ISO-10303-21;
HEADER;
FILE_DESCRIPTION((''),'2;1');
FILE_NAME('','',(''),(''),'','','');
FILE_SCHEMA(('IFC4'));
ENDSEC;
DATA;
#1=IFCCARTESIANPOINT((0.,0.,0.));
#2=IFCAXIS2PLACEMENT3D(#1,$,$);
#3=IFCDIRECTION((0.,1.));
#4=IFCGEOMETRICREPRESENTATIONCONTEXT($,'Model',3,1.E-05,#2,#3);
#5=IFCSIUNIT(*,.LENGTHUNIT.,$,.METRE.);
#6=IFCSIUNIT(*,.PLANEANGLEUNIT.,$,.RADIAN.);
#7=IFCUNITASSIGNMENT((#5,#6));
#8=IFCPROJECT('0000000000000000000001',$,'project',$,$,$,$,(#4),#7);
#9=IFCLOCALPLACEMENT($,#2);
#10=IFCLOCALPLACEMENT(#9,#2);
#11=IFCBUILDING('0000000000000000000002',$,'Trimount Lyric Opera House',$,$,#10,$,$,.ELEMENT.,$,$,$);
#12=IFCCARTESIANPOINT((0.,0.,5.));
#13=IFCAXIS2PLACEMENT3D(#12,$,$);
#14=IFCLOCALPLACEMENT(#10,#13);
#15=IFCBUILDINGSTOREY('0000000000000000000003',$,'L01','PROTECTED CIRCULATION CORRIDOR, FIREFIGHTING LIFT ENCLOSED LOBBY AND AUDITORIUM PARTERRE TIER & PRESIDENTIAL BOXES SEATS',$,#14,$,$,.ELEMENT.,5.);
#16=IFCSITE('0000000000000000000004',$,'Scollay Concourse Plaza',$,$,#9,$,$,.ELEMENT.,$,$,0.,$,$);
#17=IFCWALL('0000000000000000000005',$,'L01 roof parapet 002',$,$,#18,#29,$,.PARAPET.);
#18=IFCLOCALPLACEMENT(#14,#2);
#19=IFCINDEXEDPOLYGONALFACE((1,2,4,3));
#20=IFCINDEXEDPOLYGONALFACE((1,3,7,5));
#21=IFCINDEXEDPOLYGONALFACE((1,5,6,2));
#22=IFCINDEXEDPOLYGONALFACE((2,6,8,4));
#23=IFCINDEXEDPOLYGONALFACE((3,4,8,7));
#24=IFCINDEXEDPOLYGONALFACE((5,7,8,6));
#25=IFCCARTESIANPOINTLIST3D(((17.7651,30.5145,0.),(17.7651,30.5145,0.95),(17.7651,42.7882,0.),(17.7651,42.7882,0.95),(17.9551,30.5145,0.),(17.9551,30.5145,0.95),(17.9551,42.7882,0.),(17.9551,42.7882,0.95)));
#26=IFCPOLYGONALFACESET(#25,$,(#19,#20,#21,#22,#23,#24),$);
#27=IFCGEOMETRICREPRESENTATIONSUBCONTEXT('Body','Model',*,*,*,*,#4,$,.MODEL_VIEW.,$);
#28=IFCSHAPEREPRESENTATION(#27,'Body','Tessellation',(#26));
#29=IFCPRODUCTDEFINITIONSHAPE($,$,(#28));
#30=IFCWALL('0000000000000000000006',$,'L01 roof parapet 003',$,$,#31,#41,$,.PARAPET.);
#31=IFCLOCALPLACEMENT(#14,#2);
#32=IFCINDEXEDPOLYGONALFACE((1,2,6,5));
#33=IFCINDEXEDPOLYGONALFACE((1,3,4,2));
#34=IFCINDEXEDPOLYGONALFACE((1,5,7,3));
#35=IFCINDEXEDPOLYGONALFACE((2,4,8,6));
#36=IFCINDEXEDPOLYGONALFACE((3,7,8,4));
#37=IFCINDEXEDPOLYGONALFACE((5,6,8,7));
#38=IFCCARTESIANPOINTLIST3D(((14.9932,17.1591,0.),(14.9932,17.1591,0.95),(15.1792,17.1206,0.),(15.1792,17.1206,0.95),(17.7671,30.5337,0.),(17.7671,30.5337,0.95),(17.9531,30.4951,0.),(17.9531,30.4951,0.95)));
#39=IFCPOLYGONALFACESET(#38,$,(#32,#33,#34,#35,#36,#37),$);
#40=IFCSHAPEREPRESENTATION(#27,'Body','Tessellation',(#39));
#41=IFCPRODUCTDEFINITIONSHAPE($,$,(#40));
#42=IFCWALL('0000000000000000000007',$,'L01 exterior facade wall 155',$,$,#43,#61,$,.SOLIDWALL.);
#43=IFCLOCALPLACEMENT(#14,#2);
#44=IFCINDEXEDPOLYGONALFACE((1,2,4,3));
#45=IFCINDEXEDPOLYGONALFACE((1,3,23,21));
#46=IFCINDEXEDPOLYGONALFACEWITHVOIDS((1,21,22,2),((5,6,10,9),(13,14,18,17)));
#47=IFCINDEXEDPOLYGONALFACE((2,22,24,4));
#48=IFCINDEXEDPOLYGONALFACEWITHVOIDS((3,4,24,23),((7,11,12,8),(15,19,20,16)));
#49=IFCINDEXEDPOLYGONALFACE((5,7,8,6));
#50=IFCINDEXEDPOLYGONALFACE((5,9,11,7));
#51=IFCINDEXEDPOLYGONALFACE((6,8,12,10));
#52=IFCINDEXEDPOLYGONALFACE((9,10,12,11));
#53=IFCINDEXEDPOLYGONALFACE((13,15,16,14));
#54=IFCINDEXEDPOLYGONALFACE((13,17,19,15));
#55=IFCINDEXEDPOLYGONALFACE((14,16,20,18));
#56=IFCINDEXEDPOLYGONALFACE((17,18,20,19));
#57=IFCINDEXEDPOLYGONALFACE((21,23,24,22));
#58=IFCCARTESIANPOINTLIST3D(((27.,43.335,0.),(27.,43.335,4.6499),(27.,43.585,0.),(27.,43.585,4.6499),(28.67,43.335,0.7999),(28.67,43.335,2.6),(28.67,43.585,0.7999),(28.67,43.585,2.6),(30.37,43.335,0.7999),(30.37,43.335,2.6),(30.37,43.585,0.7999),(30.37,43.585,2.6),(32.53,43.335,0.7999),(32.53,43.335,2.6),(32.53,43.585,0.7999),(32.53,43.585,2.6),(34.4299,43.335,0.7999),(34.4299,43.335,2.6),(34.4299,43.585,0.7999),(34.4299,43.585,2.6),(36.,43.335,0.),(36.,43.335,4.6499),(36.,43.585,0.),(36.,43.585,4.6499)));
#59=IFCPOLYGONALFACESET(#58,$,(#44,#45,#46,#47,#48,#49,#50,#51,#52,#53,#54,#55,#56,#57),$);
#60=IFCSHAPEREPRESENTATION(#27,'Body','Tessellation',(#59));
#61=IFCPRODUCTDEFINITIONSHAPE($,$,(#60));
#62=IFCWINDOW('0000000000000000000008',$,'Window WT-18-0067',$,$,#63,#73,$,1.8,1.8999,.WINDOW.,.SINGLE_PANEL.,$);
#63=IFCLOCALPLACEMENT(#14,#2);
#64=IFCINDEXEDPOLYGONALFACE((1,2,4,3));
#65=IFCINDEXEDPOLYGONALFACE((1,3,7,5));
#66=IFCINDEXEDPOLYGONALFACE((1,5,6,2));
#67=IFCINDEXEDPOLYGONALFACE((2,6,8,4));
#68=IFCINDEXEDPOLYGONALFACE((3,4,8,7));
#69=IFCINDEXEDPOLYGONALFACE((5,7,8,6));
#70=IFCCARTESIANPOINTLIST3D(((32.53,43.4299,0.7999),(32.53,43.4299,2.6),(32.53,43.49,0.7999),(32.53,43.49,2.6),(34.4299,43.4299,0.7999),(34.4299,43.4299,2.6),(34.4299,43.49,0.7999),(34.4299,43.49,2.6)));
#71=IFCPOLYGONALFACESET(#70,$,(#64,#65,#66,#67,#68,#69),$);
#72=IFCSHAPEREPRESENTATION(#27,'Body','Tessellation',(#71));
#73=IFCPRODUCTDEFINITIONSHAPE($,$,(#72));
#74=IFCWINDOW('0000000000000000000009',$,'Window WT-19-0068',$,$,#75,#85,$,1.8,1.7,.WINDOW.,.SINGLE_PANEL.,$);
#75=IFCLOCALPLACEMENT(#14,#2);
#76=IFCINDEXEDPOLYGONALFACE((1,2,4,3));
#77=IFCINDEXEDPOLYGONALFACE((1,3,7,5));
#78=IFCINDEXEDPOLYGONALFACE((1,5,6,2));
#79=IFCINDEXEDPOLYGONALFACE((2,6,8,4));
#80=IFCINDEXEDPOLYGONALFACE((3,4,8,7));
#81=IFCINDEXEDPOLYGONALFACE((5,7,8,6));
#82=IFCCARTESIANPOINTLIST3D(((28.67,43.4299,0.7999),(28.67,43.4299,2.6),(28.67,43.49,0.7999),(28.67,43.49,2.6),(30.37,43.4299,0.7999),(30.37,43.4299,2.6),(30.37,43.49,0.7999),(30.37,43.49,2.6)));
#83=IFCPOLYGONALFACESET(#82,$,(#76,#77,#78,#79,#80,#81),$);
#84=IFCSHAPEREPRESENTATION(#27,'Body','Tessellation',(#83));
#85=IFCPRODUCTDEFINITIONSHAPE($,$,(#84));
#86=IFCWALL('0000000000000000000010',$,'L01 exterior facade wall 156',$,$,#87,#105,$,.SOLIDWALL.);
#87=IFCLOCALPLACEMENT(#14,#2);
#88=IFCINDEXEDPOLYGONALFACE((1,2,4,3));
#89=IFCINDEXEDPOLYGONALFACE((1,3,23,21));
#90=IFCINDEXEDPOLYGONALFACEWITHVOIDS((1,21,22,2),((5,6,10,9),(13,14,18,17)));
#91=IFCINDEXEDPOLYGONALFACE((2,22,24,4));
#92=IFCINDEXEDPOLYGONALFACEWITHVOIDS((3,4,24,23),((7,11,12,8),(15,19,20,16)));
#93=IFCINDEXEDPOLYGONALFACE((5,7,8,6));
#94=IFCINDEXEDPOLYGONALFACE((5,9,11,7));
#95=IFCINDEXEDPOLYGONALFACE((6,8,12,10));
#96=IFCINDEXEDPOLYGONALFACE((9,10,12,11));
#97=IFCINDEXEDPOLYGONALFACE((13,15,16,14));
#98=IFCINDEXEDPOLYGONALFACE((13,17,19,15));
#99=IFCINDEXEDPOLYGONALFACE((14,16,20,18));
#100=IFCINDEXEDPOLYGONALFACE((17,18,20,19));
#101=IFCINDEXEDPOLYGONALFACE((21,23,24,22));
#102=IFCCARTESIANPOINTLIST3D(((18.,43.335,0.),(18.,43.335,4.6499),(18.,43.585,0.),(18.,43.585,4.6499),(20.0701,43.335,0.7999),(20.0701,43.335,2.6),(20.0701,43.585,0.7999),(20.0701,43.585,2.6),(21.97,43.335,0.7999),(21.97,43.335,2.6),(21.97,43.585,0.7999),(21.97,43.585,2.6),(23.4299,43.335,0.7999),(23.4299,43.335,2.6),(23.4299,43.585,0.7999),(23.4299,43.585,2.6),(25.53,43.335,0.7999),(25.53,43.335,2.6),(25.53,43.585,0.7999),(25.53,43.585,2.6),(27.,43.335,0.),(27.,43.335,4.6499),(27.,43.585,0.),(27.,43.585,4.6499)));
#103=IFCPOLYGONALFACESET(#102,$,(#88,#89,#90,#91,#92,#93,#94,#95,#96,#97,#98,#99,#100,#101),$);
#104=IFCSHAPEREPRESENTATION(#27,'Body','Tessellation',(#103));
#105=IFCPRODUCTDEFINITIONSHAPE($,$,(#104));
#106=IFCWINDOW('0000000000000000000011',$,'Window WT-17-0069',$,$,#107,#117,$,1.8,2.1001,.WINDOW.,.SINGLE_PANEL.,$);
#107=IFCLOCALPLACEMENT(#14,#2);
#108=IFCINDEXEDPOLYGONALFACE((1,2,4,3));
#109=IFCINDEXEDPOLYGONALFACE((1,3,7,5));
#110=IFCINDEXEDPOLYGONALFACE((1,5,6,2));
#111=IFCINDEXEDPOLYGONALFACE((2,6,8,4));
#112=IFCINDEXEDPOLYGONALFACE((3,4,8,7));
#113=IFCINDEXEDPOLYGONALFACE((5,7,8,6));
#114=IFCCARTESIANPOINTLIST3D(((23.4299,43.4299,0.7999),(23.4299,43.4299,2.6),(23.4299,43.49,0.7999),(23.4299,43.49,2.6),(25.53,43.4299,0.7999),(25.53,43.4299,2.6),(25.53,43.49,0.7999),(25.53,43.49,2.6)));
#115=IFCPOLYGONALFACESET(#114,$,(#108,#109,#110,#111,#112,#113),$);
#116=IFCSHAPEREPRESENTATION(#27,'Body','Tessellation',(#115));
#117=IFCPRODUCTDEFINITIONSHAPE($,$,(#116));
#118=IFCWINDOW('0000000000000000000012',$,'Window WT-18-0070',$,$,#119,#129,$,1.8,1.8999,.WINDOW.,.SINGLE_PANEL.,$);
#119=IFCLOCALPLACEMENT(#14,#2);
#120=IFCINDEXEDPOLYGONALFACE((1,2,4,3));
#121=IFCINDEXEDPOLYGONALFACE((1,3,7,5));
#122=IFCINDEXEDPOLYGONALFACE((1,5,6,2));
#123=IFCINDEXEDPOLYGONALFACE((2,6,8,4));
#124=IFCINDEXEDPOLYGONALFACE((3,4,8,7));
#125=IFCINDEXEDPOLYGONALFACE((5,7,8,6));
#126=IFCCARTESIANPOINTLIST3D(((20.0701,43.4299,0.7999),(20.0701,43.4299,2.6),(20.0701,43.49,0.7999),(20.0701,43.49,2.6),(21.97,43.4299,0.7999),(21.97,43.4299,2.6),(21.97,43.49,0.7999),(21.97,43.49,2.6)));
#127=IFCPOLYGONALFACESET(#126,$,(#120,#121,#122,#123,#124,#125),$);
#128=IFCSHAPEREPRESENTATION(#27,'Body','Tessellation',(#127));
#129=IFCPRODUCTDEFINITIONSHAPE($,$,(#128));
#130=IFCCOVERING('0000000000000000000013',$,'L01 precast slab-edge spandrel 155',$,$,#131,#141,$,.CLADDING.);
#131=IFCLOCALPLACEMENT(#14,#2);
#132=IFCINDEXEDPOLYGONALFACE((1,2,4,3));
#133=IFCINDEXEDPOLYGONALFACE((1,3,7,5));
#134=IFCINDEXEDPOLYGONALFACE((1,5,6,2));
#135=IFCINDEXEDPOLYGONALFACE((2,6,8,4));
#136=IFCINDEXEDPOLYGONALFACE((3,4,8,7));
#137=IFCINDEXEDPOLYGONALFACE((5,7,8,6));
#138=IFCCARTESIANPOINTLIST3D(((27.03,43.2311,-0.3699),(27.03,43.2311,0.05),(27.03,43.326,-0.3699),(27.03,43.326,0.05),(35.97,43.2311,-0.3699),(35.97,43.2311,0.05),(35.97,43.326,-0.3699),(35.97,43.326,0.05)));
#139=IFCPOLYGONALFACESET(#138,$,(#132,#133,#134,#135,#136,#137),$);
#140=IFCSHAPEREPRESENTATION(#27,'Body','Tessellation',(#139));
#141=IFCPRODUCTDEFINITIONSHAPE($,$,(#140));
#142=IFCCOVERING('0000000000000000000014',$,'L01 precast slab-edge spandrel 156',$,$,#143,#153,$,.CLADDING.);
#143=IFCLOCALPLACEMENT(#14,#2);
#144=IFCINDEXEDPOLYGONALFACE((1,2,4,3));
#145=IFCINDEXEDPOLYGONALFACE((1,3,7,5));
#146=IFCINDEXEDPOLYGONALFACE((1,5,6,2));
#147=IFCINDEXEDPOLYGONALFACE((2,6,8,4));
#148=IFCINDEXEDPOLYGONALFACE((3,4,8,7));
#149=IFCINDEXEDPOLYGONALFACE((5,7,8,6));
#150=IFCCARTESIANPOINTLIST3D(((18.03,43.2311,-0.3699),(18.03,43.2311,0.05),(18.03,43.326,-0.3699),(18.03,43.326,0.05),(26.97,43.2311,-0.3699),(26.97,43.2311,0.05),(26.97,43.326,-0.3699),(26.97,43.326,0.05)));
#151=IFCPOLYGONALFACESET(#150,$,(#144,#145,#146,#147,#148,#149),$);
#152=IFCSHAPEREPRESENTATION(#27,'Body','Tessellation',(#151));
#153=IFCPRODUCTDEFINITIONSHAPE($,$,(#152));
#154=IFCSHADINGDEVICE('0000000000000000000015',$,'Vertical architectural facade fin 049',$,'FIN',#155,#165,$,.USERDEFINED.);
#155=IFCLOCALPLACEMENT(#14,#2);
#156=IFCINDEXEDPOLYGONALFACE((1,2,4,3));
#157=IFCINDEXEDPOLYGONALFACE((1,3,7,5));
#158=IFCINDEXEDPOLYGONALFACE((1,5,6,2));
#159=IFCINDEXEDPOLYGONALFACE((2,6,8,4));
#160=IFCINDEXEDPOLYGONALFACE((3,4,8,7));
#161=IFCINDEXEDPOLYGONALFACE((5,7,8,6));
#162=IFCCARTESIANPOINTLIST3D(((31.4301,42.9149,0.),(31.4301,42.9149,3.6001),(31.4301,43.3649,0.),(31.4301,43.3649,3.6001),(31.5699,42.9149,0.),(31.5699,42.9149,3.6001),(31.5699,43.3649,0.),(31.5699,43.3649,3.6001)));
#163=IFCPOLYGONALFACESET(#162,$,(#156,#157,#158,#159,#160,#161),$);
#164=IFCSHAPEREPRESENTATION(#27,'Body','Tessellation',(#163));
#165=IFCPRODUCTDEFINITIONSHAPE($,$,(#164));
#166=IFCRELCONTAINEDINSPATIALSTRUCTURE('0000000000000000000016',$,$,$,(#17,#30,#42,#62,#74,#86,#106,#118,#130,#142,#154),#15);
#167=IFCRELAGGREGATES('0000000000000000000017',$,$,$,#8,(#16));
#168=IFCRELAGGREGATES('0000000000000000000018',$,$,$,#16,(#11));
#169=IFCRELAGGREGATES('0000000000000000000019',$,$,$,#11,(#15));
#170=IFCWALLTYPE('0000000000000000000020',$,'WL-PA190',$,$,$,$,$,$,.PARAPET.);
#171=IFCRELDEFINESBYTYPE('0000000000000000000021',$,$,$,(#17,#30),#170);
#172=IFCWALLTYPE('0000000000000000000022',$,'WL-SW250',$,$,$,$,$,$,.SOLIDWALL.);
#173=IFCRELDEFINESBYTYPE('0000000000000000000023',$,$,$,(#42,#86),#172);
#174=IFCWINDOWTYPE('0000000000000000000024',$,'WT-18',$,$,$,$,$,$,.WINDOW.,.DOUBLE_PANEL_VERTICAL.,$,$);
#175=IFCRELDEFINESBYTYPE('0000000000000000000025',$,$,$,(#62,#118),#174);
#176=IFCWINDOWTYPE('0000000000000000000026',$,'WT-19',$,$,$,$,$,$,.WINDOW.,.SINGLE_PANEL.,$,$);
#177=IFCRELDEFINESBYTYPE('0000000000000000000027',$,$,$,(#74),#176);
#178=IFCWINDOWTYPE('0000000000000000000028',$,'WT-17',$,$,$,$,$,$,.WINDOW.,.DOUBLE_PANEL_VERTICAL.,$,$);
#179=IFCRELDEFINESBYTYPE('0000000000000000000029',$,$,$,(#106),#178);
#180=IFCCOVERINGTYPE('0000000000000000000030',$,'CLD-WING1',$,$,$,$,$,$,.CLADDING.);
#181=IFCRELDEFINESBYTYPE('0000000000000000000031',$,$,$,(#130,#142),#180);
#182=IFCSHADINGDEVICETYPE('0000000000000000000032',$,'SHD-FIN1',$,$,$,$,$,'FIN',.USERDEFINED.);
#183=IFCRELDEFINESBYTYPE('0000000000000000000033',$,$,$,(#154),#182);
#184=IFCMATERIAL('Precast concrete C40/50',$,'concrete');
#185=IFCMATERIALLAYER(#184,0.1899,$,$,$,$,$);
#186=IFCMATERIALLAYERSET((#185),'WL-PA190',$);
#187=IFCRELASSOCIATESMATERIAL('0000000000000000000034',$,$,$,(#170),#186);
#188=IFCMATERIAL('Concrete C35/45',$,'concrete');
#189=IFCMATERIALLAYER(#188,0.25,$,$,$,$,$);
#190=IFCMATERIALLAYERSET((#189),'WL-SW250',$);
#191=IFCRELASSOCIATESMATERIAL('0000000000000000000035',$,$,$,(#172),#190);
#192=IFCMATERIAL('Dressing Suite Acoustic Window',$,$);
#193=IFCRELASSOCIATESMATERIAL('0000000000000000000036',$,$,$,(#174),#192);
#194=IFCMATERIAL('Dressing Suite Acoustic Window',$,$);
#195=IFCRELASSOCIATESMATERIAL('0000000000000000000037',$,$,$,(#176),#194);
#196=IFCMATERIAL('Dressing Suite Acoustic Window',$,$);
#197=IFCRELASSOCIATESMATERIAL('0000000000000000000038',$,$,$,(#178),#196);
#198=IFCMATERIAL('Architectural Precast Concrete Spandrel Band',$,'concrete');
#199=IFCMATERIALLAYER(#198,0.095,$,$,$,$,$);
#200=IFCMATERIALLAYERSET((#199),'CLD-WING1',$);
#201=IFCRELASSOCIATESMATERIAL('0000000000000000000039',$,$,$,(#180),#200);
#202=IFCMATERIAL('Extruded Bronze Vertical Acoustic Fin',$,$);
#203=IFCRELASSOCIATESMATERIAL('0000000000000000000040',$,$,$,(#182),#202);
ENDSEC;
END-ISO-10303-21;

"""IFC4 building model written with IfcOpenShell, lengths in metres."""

from ifc_helpers import new_model, si_unit, direction, frame, frame_2d, origin, origin_2d, place, context, subcontext, project, spatial, rectangle, extrude, material, layer, layer_set, type_object, element, fill, save


model = new_model("IFC4")

# Units and contexts
model_context = context("Model", 3, precision=1e-05, world=origin(), true_north=direction((0.0, 1.0)))
body_context = subcontext(model_context, "Body", "Model", "MODEL_VIEW")
ifc_project = project(units=[si_unit("LENGTHUNIT", "METRE"), si_unit("PLANEANGLEUNIT", "RADIAN")], contexts=[model_context])

# Site, building, storey
site_placement = place(None, origin())
site = spatial("IfcSite", under=ifc_project, at=site_placement, Name="Scollay Concourse Plaza", CompositionType="ELEMENT", RefElevation=0.0)
building_placement = place(site_placement, origin())
building = spatial("IfcBuilding", under=site, at=building_placement, Name="Trimount Lyric Opera House", CompositionType="ELEMENT")
storey_placement = place(building_placement, frame((0.0, 0.0, 5.0)))
storey = spatial("IfcBuildingStorey", under=building, at=storey_placement, Name="L01", Description="PROTECTED CIRCULATION CORRIDOR, FIREFIGHTING LIFT ENCLOSED LOBBY AND AUDITORIUM PARTERRE TIER & PRESIDENTIAL BOXES SEATS", CompositionType="ELEMENT", Elevation=5.0)

# Walls
ifc_material_1 = material(Name="Precast concrete C40/50", Category="concrete")
ifc_layer_1 = layer(ifc_material_1, 0.1899)
ifc_layer_set_1 = layer_set([ifc_layer_1], Name="WL-PA190")
wall_type_1 = type_object("IfcWallType", Name="WL-PA190", PredefinedType="PARAPET", material=ifc_layer_set_1)
wall_1_placement = place(storey_placement, frame((17.8601, 42.7881, 0.0), z_axis=(0.0, 0.0, 1.0), x_axis=(0.0, -1.0, 0.0)))
element("IfcWall", 1, at=wall_1_placement, inside=storey, type_object=wall_type_1, Name="L01 roof parapet 002", PredefinedType="PARAPET", context=body_context, shape_type="SweptSolid", body=[
    extrude(rectangle(XDim=12.2737, YDim=0.1899, at=frame_2d((6.1367, 0.0))), origin(), (0.0, 0.0, 1.0), 0.95),
])
wall_2_placement = place(storey_placement, frame((17.8601, 30.5144, 0.0), z_axis=(0.0, 0.0, 1.0), x_axis=(-0.203082, -0.979162, 0.0)))
element("IfcWall", 2, at=wall_2_placement, inside=storey, type_object=wall_type_1, Name="L01 roof parapet 003", PredefinedType="PARAPET", context=body_context, shape_type="SweptSolid", body=[
    extrude(rectangle(XDim=13.6592, YDim=0.1899, at=frame_2d((6.8296, 0.0))), origin(), (0.0, 0.0, 1.0), 0.95),
])

# Walls, openings, windows
ifc_material_2 = material(Name="Concrete C35/45", Category="concrete")
ifc_layer_2 = layer(ifc_material_2, 0.25)
ifc_layer_set_2 = layer_set([ifc_layer_2], Name="WL-SW250")
wall_type_2 = type_object("IfcWallType", Name="WL-SW250", PredefinedType="SOLIDWALL", material=ifc_layer_set_2)
wall_3_placement = place(storey_placement, frame((36.0, 43.46, 0.0), z_axis=(0.0, 0.0, 1.0), x_axis=(-1.0, 0.0, 0.0)))
wall_3 = element("IfcWall", 3, at=wall_3_placement, inside=storey, type_object=wall_type_2, Name="L01 exterior facade wall 155", PredefinedType="SOLIDWALL", context=body_context, shape_type="SweptSolid", body=[
    extrude(rectangle(XDim=9.0, YDim=0.25, at=frame_2d((4.5, 0.0))), origin(), (0.0, 0.0, 1.0), 4.6499),
])
opening_1_placement = place(wall_3_placement, frame((1.5701, 0.0, 0.8)))
opening_1 = element("IfcOpeningElement", 4, at=opening_1_placement, cuts=wall_3, PredefinedType="OPENING", context=body_context, shape_type="SweptSolid", body=[
    extrude(rectangle(XDim=1.8999, YDim=1.8, at=frame_2d((0.95, 0.8999))), frame((0.0, 0.135, 0.0), z_axis=(0.0, -1.0, 0.0), x_axis=(1.0, 0.0, 0.0)), (0.0, 0.0, 1.0), 0.27),
])
opening_2_placement = place(wall_3_placement, frame((5.6299, 0.0, 0.8)))
opening_2 = element("IfcOpeningElement", 5, at=opening_2_placement, cuts=wall_3, PredefinedType="OPENING", context=body_context, shape_type="SweptSolid", body=[
    extrude(rectangle(XDim=1.7, YDim=1.8, at=frame_2d((0.8501, 0.8999))), frame((0.0, 0.135, 0.0), z_axis=(0.0, -1.0, 0.0), x_axis=(1.0, 0.0, 0.0)), (0.0, 0.0, 1.0), 0.27),
])
ifc_material_3 = material(Name="Dressing Suite Acoustic Window")
window_type_1 = type_object("IfcWindowType", Name="WT-18", PartitioningType="DOUBLE_PANEL_VERTICAL", PredefinedType="WINDOW", material=ifc_material_3)
window_1_placement = place(opening_1_placement, origin())
window_1 = element("IfcWindow", 6, at=window_1_placement, inside=storey, type_object=window_type_1, Name="Window WT-18-0067", OverallHeight=1.8, OverallWidth=1.8999, PartitioningType="SINGLE_PANEL", PredefinedType="WINDOW", context=body_context, shape_type="SweptSolid", body=[
    extrude(rectangle(XDim=1.8999, YDim=1.8, at=frame_2d((0.95, 0.8999))), frame((0.0, 0.03, 0.0), z_axis=(0.0, -1.0, 0.0), x_axis=(1.0, 0.0, 0.0)), (0.0, 0.0, 1.0), 0.0601),
])
fill(opening_1, window_1)
ifc_material_4 = material(Name="Dressing Suite Acoustic Window")
window_type_2 = type_object("IfcWindowType", Name="WT-19", PartitioningType="SINGLE_PANEL", PredefinedType="WINDOW", material=ifc_material_4)
window_2_placement = place(opening_2_placement, origin())
window_2 = element("IfcWindow", 7, at=window_2_placement, inside=storey, type_object=window_type_2, Name="Window WT-19-0068", OverallHeight=1.8, OverallWidth=1.7, PartitioningType="SINGLE_PANEL", PredefinedType="WINDOW", context=body_context, shape_type="SweptSolid", body=[
    extrude(rectangle(XDim=1.7, YDim=1.8, at=frame_2d((0.8501, 0.8999))), frame((0.0, 0.03, 0.0), z_axis=(0.0, -1.0, 0.0), x_axis=(1.0, 0.0, 0.0)), (0.0, 0.0, 1.0), 0.0601),
])
fill(opening_2, window_2)
wall_4_placement = place(storey_placement, frame((27.0, 43.46, 0.0), z_axis=(0.0, 0.0, 1.0), x_axis=(-1.0, 0.0, 0.0)))
wall_4 = element("IfcWall", 8, at=wall_4_placement, inside=storey, type_object=wall_type_2, Name="L01 exterior facade wall 156", PredefinedType="SOLIDWALL", context=body_context, shape_type="SweptSolid", body=[
    extrude(rectangle(XDim=9.0, YDim=0.25, at=frame_2d((4.5, 0.0))), origin(), (0.0, 0.0, 1.0), 4.6499),
])
opening_3_placement = place(wall_4_placement, frame((1.47, 0.0, 0.8)))
opening_3 = element("IfcOpeningElement", 9, at=opening_3_placement, cuts=wall_4, PredefinedType="OPENING", context=body_context, shape_type="SweptSolid", body=[
    extrude(rectangle(XDim=2.1001, YDim=1.8, at=frame_2d((1.05, 0.8999))), frame((0.0, 0.135, 0.0), z_axis=(0.0, -1.0, 0.0), x_axis=(1.0, 0.0, 0.0)), (0.0, 0.0, 1.0), 0.27),
])
opening_4_placement = place(wall_4_placement, frame((5.03, 0.0, 0.8)))
opening_4 = element("IfcOpeningElement", 10, at=opening_4_placement, cuts=wall_4, PredefinedType="OPENING", context=body_context, shape_type="SweptSolid", body=[
    extrude(rectangle(XDim=1.8999, YDim=1.8, at=frame_2d((0.95, 0.8999))), frame((0.0, 0.135, 0.0), z_axis=(0.0, -1.0, 0.0), x_axis=(1.0, 0.0, 0.0)), (0.0, 0.0, 1.0), 0.27),
])
ifc_material_5 = material(Name="Dressing Suite Acoustic Window")
window_type_3 = type_object("IfcWindowType", Name="WT-17", PartitioningType="DOUBLE_PANEL_VERTICAL", PredefinedType="WINDOW", material=ifc_material_5)
window_3_placement = place(opening_3_placement, origin())
window_3 = element("IfcWindow", 11, at=window_3_placement, inside=storey, type_object=window_type_3, Name="Window WT-17-0069", OverallHeight=1.8, OverallWidth=2.1001, PartitioningType="SINGLE_PANEL", PredefinedType="WINDOW", context=body_context, shape_type="SweptSolid", body=[
    extrude(rectangle(XDim=2.1001, YDim=1.8, at=frame_2d((1.05, 0.8999))), frame((0.0, 0.03, 0.0), z_axis=(0.0, -1.0, 0.0), x_axis=(1.0, 0.0, 0.0)), (0.0, 0.0, 1.0), 0.0601),
])
fill(opening_3, window_3)
window_4_placement = place(opening_4_placement, origin())
window_4 = element("IfcWindow", 12, at=window_4_placement, inside=storey, type_object=window_type_1, Name="Window WT-18-0070", OverallHeight=1.8, OverallWidth=1.8999, PartitioningType="SINGLE_PANEL", PredefinedType="WINDOW", context=body_context, shape_type="SweptSolid", body=[
    extrude(rectangle(XDim=1.8999, YDim=1.8, at=frame_2d((0.95, 0.8999))), frame((0.0, 0.03, 0.0), z_axis=(0.0, -1.0, 0.0), x_axis=(1.0, 0.0, 0.0)), (0.0, 0.0, 1.0), 0.0601),
])
fill(opening_4, window_4)

# Coverings
ifc_material_6 = material(Name="Architectural Precast Concrete Spandrel Band", Category="concrete")
ifc_layer_3 = layer(ifc_material_6, 0.095)
ifc_layer_set_3 = layer_set([ifc_layer_3], Name="CLD-WING1")
covering_type = type_object("IfcCoveringType", Name="CLD-WING1", PredefinedType="CLADDING", material=ifc_layer_set_3)
for number, where, z_axis, x_axis, name in (
    (13, (31.5, 43.2786, -0.3699), (0.0, 0.0, 1.0), (-1.0, 0.0, 0.0), "L01 precast slab-edge spandrel 155"),
    (14, (22.5, 43.2786, -0.3699), (0.0, 0.0, 1.0), (-1.0, 0.0, 0.0), "L01 precast slab-edge spandrel 156"),
):
    element("IfcCovering", number, at=place(storey_placement, frame(where, z_axis=z_axis, x_axis=x_axis)), inside=storey, type_object=covering_type, Name=name, PredefinedType="CLADDING", context=body_context, shape_type="SweptSolid", body=[
        extrude(rectangle(XDim=8.9399, YDim=0.095, at=origin_2d()), origin(), (0.0, 0.0, 1.0), 0.4199),
    ])

# Shading device
ifc_material_7 = material(Name="Extruded Bronze Vertical Acoustic Fin")
shading_device_type_1 = type_object("IfcShadingDeviceType", Name="SHD-FIN1", ElementType="FIN", PredefinedType="USERDEFINED", material=ifc_material_7)
shading_device_1_placement = place(storey_placement, frame((31.5, 43.1399, 0.0), z_axis=(0.0, 0.0, 1.0), x_axis=(1.0, 0.0, 0.0)))
element("IfcShadingDevice", 15, at=shading_device_1_placement, inside=storey, type_object=shading_device_type_1, Name="Vertical architectural facade fin 049", ObjectType="FIN", PredefinedType="USERDEFINED", context=body_context, shape_type="SweptSolid", body=[
    extrude(rectangle(XDim=0.1399, YDim=0.45, at=origin_2d()), origin(), (0.0, 0.0, 1.0), 3.6001),
])

save(model, "model.ifc")
